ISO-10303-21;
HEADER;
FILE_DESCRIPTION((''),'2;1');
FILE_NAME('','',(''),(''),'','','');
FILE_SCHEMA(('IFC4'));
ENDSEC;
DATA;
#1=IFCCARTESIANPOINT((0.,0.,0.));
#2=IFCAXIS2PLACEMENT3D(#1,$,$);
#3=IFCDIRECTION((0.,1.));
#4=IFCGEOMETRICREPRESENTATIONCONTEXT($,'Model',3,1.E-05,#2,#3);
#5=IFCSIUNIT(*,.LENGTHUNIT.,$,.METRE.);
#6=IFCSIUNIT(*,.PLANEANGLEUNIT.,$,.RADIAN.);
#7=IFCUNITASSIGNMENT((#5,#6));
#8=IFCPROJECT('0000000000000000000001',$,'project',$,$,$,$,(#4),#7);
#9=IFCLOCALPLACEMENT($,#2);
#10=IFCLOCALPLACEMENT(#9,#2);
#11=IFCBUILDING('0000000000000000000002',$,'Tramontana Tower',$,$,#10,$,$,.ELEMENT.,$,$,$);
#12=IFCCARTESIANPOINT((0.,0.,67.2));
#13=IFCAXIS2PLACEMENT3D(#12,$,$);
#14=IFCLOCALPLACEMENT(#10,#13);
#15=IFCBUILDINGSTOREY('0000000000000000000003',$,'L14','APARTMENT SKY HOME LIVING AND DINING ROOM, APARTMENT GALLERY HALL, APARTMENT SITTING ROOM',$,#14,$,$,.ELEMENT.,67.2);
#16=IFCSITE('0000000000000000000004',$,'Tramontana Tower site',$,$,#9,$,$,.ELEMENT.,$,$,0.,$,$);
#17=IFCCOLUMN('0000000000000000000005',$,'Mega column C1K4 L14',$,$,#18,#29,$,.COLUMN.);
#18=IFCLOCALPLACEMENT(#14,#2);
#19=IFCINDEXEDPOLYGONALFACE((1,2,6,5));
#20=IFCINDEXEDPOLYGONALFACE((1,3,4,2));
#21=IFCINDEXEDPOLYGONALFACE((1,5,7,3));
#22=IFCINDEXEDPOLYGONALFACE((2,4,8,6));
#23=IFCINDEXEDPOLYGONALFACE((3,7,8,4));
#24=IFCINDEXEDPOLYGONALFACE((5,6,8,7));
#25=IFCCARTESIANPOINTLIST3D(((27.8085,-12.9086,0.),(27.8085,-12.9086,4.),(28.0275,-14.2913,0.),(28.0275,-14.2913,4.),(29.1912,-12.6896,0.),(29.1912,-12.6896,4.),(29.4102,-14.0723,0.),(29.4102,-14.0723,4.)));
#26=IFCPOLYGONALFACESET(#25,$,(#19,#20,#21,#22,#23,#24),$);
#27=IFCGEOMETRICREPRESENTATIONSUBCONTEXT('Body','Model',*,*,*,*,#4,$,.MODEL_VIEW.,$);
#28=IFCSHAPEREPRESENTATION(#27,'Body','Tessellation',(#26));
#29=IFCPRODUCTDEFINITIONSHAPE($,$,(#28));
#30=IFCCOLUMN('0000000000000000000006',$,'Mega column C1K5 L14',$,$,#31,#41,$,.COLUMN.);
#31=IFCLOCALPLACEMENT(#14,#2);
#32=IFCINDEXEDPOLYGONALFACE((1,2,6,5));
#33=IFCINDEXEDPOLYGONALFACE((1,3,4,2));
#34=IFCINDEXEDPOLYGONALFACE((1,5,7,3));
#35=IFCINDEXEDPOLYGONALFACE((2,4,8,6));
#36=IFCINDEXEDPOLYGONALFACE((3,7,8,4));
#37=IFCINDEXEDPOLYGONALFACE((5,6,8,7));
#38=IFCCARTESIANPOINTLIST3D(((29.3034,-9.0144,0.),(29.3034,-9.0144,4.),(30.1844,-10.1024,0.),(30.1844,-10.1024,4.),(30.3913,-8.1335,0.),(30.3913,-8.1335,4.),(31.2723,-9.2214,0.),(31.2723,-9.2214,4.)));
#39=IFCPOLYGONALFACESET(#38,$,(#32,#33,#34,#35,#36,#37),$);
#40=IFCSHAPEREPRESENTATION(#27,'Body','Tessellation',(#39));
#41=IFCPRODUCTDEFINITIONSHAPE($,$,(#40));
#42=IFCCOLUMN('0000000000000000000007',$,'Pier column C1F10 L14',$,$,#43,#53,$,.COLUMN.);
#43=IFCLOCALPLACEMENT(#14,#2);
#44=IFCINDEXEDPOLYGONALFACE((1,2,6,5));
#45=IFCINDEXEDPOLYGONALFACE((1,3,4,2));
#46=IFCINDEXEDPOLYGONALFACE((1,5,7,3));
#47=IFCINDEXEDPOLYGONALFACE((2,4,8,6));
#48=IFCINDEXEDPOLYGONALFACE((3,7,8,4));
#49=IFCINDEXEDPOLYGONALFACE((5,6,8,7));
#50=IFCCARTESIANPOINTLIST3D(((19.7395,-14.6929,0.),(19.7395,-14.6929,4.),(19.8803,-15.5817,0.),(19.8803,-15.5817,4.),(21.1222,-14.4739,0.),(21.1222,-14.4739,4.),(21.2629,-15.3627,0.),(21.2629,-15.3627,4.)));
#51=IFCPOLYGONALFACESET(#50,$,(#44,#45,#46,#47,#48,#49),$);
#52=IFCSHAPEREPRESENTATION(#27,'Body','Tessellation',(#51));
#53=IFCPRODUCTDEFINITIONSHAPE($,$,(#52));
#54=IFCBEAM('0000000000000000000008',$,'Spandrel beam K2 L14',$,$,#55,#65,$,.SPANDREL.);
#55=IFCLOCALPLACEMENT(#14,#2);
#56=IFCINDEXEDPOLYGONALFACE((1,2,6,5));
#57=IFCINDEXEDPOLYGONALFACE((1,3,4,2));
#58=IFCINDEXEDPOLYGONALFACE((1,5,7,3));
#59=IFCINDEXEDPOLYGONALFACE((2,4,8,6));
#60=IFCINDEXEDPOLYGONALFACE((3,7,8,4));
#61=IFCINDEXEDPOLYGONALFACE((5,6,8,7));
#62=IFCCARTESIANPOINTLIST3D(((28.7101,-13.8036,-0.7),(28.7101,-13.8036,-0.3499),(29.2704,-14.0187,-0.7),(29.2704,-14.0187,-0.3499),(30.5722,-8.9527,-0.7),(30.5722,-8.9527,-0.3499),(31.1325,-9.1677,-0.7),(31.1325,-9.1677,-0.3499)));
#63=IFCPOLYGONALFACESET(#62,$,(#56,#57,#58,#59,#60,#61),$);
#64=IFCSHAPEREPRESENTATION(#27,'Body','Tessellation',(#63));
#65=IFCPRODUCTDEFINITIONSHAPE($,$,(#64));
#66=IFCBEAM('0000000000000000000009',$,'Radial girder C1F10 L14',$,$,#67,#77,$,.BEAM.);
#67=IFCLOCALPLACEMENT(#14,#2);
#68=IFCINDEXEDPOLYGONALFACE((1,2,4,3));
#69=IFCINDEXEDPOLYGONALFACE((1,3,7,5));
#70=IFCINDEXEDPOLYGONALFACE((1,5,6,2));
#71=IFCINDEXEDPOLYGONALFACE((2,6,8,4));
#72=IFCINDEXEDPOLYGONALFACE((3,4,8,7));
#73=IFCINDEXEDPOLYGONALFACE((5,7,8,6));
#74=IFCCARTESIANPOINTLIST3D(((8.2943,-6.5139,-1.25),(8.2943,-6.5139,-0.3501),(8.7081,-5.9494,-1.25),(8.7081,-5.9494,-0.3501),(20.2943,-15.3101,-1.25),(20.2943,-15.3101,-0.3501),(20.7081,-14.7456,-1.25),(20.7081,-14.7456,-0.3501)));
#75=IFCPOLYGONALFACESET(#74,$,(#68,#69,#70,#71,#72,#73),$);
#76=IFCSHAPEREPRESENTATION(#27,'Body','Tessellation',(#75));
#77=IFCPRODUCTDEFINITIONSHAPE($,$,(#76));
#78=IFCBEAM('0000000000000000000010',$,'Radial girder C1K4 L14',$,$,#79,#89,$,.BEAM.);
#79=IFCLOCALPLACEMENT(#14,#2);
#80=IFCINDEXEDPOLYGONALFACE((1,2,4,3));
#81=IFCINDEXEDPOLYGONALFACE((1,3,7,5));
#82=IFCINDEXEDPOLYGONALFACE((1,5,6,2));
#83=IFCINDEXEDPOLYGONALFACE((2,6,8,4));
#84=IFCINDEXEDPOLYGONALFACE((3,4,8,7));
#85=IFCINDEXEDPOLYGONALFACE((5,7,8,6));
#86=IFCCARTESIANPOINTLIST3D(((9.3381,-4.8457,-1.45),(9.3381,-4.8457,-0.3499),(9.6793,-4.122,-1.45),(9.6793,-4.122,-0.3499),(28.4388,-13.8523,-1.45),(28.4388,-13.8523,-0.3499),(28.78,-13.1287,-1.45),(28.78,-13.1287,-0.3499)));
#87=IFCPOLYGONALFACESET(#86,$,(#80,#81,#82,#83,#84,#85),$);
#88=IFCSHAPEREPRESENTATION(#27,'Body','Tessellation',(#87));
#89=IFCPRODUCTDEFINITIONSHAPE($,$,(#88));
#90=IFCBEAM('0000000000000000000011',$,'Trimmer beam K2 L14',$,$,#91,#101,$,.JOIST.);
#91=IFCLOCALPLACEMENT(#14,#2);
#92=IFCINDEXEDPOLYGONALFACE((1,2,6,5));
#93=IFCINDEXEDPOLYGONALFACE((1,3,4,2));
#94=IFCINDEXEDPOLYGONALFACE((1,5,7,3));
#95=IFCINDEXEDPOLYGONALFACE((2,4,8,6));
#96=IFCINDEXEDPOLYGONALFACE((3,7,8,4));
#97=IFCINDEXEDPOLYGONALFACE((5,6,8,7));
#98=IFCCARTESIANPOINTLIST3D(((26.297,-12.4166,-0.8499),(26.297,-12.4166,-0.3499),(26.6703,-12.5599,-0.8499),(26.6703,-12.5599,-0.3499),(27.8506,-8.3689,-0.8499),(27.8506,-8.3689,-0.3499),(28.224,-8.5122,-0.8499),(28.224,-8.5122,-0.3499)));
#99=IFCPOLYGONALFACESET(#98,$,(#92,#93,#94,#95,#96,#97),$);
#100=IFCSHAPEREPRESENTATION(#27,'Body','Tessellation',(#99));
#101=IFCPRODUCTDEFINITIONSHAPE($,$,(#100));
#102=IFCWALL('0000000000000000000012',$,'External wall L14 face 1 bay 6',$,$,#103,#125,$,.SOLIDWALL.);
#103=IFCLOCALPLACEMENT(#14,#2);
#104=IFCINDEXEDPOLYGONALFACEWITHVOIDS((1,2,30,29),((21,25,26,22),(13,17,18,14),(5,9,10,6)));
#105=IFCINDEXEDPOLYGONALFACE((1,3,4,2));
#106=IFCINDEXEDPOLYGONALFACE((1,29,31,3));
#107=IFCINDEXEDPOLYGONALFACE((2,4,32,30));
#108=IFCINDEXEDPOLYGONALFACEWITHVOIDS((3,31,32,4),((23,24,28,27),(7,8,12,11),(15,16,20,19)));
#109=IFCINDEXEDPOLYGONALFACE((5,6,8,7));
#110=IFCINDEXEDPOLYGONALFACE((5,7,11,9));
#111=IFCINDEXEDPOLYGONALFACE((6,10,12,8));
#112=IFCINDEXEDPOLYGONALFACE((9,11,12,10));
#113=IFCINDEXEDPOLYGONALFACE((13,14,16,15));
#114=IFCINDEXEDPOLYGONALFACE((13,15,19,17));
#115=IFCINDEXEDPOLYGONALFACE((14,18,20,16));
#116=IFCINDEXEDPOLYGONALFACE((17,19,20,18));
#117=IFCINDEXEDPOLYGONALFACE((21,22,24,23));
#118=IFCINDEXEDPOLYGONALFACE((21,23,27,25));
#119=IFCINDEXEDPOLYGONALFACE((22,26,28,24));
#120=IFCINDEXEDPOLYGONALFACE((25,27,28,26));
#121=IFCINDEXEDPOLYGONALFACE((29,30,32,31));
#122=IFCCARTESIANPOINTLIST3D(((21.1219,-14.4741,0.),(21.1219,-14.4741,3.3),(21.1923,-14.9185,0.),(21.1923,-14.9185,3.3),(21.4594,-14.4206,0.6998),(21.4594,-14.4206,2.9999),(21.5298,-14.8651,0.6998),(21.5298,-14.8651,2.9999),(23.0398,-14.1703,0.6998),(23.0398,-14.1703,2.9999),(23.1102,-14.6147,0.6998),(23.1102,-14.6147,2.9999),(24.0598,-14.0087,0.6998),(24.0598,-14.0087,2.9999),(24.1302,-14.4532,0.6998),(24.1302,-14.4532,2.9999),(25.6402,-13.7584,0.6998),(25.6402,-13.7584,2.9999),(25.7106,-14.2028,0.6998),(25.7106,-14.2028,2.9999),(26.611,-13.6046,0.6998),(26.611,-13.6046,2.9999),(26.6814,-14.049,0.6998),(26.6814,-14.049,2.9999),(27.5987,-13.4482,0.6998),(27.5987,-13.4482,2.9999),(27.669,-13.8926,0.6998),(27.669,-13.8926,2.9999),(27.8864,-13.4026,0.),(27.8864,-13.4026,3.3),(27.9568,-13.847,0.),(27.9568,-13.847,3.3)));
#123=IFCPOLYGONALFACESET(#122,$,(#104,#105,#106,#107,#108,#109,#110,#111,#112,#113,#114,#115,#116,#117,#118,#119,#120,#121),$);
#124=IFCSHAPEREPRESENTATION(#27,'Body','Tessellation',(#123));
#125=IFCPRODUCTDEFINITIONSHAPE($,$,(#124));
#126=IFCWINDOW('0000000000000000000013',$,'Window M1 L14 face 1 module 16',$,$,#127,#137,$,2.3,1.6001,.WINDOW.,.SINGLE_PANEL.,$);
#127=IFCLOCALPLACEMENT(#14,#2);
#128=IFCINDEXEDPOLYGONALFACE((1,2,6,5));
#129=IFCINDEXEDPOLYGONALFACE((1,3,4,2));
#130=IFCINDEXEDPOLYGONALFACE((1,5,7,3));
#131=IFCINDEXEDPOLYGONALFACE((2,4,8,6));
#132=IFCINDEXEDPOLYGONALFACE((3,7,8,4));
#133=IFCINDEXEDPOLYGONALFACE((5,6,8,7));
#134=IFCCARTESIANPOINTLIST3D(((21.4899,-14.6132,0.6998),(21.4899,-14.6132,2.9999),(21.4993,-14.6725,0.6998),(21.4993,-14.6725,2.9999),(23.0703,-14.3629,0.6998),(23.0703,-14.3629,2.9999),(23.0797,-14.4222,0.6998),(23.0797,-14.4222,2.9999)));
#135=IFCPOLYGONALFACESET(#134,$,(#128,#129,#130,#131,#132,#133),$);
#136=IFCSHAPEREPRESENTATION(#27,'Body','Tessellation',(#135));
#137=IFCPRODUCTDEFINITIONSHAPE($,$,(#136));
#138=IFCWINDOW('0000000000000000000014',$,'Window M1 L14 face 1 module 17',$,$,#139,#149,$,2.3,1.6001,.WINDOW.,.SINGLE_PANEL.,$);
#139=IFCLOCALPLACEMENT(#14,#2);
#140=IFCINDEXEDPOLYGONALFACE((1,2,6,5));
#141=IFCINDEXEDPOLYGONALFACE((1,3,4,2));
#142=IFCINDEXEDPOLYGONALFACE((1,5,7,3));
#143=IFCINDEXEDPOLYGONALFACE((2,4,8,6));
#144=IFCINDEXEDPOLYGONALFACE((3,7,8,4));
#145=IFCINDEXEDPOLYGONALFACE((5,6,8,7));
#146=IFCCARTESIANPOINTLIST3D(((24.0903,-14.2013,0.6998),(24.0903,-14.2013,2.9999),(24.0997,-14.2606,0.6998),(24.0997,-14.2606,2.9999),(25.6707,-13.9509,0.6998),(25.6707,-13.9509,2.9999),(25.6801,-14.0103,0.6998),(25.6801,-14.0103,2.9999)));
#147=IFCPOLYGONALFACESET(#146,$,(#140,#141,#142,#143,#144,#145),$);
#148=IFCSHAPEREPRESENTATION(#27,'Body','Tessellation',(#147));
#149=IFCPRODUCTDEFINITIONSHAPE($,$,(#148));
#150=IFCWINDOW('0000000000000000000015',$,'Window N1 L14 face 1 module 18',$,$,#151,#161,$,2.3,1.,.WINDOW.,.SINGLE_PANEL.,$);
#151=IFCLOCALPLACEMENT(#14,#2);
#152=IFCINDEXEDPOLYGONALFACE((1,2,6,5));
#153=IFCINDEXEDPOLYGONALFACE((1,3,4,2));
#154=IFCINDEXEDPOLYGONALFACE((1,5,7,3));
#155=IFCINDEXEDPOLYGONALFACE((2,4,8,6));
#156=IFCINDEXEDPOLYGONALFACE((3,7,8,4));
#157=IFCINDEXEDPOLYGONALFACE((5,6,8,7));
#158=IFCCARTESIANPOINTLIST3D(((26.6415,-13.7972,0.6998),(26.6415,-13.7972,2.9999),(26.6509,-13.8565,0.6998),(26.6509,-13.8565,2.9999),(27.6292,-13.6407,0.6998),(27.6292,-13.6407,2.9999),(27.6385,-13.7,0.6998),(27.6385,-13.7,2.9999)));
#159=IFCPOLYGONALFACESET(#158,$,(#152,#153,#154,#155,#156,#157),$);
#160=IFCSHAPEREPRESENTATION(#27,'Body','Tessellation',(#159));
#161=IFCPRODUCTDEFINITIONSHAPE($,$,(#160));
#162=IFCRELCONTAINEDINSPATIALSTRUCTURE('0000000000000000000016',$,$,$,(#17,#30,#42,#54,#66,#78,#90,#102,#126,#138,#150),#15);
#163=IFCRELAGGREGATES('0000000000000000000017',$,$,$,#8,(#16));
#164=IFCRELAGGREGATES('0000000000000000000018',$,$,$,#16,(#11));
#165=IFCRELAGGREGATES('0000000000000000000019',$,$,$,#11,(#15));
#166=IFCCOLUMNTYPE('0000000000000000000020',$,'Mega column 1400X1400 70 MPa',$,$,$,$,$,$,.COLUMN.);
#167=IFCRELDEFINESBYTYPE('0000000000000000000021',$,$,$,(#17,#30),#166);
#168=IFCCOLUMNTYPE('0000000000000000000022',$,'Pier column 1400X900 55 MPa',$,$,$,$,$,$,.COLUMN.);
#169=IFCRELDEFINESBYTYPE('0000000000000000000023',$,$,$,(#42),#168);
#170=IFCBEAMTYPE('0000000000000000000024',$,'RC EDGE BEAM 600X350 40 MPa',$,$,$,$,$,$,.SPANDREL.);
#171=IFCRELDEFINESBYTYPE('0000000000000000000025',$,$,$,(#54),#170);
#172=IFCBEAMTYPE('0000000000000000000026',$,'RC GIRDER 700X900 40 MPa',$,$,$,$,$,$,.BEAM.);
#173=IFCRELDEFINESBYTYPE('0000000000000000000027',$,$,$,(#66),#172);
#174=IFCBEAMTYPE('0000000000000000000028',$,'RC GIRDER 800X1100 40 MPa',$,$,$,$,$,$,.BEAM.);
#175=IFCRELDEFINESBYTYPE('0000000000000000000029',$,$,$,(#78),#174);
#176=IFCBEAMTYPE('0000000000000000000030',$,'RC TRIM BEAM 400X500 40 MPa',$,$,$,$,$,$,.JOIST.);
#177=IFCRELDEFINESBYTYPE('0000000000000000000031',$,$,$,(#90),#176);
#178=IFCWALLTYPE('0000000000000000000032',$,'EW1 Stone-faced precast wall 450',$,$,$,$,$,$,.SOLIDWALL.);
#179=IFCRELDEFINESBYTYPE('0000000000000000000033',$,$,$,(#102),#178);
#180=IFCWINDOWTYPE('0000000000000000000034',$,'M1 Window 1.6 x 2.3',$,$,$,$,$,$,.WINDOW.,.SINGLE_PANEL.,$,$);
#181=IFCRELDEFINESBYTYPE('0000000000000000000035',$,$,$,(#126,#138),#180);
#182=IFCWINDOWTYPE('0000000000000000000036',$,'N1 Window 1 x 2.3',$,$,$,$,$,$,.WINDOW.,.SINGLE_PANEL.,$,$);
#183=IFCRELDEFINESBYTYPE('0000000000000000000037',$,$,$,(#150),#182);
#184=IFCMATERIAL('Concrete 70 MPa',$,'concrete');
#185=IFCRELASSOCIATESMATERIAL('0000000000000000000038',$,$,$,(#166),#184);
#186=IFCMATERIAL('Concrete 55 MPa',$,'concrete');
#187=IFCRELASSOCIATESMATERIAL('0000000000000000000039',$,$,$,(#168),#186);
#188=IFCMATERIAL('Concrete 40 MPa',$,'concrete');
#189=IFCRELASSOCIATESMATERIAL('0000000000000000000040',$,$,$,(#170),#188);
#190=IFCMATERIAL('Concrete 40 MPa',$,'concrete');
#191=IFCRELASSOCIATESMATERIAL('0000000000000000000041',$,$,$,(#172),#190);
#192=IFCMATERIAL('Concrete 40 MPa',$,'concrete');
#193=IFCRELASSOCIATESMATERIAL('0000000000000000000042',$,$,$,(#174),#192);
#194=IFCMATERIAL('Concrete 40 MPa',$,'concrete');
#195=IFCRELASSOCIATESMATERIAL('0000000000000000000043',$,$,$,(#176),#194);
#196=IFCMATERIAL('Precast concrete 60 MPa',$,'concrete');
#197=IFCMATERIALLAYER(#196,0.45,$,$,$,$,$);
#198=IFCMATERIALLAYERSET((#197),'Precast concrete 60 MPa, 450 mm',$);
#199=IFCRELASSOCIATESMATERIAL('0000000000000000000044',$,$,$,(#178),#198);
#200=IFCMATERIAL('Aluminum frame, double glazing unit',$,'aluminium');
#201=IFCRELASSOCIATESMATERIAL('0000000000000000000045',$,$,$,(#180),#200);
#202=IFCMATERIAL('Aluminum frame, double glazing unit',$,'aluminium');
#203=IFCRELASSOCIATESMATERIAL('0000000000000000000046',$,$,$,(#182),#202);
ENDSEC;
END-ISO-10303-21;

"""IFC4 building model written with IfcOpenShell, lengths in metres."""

from ifc_helpers import new_model, si_unit, direction, frame, frame_2d, origin, origin_2d, place, context, subcontext, project, spatial, rectangle, extrude, material, layer, layer_set, material_profile, profile_set, type_object, element, fill, save


model = new_model("IFC4")

# Units and contexts
model_context = context("Model", 3, precision=1e-05, world=origin(), true_north=direction((0.0, 1.0)))
body_context = subcontext(model_context, "Body", "Model", "MODEL_VIEW")
ifc_project = project(units=[si_unit("LENGTHUNIT", "METRE"), si_unit("PLANEANGLEUNIT", "RADIAN")], contexts=[model_context])

# Site, building, storey
site_placement = place(None, origin())
site = spatial("IfcSite", under=ifc_project, at=site_placement, Name="Tramontana Tower site", CompositionType="ELEMENT", RefElevation=0.0)
building_placement = place(site_placement, origin())
building = spatial("IfcBuilding", under=site, at=building_placement, Name="Tramontana Tower", CompositionType="ELEMENT")
storey_placement = place(building_placement, frame((0.0, 0.0, 67.2)))
storey = spatial("IfcBuildingStorey", under=building, at=storey_placement, Name="L14", Description="APARTMENT SKY HOME LIVING AND DINING ROOM, APARTMENT GALLERY HALL, APARTMENT SITTING ROOM", CompositionType="ELEMENT", Elevation=67.2)

# Columns
ifc_material_1 = material(Name="Concrete 70 MPa", Category="concrete")
ifc_material_profile_1 = material_profile(ifc_material_1, rectangle(XDim=1.3999, YDim=1.3999, at=origin_2d()), Name="Mega column 1400X1400 70 MPa")
ifc_profile_set_1 = profile_set([ifc_material_profile_1], Name="Concrete 70 MPa")
column_type_1 = type_object("IfcColumnType", Name="Mega column 1400X1400 70 MPa", PredefinedType="COLUMN", material=ifc_profile_set_1)
for number, where, z_axis, x_axis, name in (
    (1, (28.6094, -13.4905, 0.0), (0.0, 0.0, 1.0), (0.987688, 0.156434, 0.0), "Mega column C1K4 L14"),
    (2, (30.2878, -9.1179, 0.0), (0.0, 0.0, 1.0), (-0.62932, 0.777146, 0.0), "Mega column C1K5 L14"),
):
    element("IfcColumn", number, at=place(storey_placement, frame(where, z_axis=z_axis, x_axis=x_axis)), inside=storey, type_object=column_type_1, Name=name, PredefinedType="COLUMN", context=body_context, shape_type="SweptSolid", body=[
        extrude(rectangle(XDim=1.3999, YDim=1.3999, at=origin_2d()), origin(), (0.0, 0.0, 1.0), 4.0),
    ])
ifc_material_2 = material(Name="Concrete 55 MPa", Category="concrete")
ifc_material_profile_2 = material_profile(ifc_material_2, rectangle(XDim=1.3999, YDim=0.8999, at=origin_2d()), Name="Pier column 1400X900 55 MPa")
ifc_profile_set_2 = profile_set([ifc_material_profile_2], Name="Concrete 55 MPa")
column_type_2 = type_object("IfcColumnType", Name="Pier column 1400X900 55 MPa", PredefinedType="COLUMN", material=ifc_profile_set_2)
column_placement = place(storey_placement, frame((20.5012, -15.0278, 0.0), z_axis=(0.0, 0.0, 1.0), x_axis=(0.987688, 0.156434, 0.0)))
element("IfcColumn", 3, at=column_placement, inside=storey, type_object=column_type_2, Name="Pier column C1F10 L14", PredefinedType="COLUMN", context=body_context, shape_type="SweptSolid", body=[
    extrude(rectangle(XDim=1.3999, YDim=0.8999, at=origin_2d()), origin(), (0.0, 0.0, 1.0), 4.0),
])

# Beams
ifc_material_3 = material(Name="Concrete 40 MPa", Category="concrete")
ifc_material_profile_3 = material_profile(ifc_material_3, rectangle(XDim=0.6001, YDim=0.3501, at=origin_2d()), Name="RC EDGE BEAM 600X350 40 MPa")
ifc_profile_set_3 = profile_set([ifc_material_profile_3], Name="Concrete 40 MPa")
beam_type_1 = type_object("IfcBeamType", Name="RC EDGE BEAM 600X350 40 MPa", PredefinedType="SPANDREL", material=ifc_profile_set_3)
beam_1_placement = place(storey_placement, frame((28.9902, -13.9111, -0.5249), z_axis=(0.358368, 0.93358, 0.0), x_axis=(-0.93358, 0.358368, 0.0)))
element("IfcBeam", 4, at=beam_1_placement, inside=storey, type_object=beam_type_1, Name="Spandrel beam K2 L14", PredefinedType="SPANDREL", context=body_context, shape_type="SweptSolid", body=[
    extrude(rectangle(XDim=0.6001, YDim=0.3501, at=origin_2d()), origin(), (0.0, 0.0, 1.0), 5.196),
])
ifc_material_4 = material(Name="Concrete 40 MPa", Category="concrete")
ifc_material_profile_4 = material_profile(ifc_material_4, rectangle(XDim=0.7, YDim=0.8999, at=origin_2d()), Name="RC GIRDER 700X900 40 MPa")
ifc_profile_set_4 = profile_set([ifc_material_profile_4], Name="Concrete 40 MPa")
beam_type_2 = type_object("IfcBeamType", Name="RC GIRDER 700X900 40 MPa", PredefinedType="BEAM", material=ifc_profile_set_4)
beam_2_placement = place(storey_placement, frame((20.5012, -15.0278, -0.8), z_axis=(-0.806529, 0.591195, 0.0), x_axis=(-0.591195, -0.806529, 0.0)))
element("IfcBeam", 5, at=beam_2_placement, inside=storey, type_object=beam_type_2, Name="Radial girder C1F10 L14", PredefinedType="BEAM", context=body_context, shape_type="SweptSolid", body=[
    extrude(rectangle(XDim=0.7, YDim=0.8999, at=origin_2d()), origin(), (0.0, 0.0, 1.0), 14.8787),
])
ifc_material_5 = material(Name="Concrete 40 MPa", Category="concrete")
ifc_material_profile_5 = material_profile(ifc_material_5, rectangle(XDim=0.8, YDim=1.1001, at=origin_2d()), Name="RC GIRDER 800X1100 40 MPa")
ifc_profile_set_5 = profile_set([ifc_material_profile_5], Name="Concrete 40 MPa")
beam_type_3 = type_object("IfcBeamType", Name="RC GIRDER 800X1100 40 MPa", PredefinedType="BEAM", material=ifc_profile_set_5)
beam_3_placement = place(storey_placement, frame((28.6094, -13.4905, -0.8999), z_axis=(-0.904489, 0.426498, 0.0), x_axis=(-0.426498, -0.904489, 0.0)))
element("IfcBeam", 6, at=beam_3_placement, inside=storey, type_object=beam_type_3, Name="Radial girder C1K4 L14", PredefinedType="BEAM", context=body_context, shape_type="SweptSolid", body=[
    extrude(rectangle(XDim=0.8, YDim=1.1001, at=origin_2d()), origin(), (0.0, 0.0, 1.0), 21.1177),
])
ifc_material_6 = material(Name="Concrete 40 MPa", Category="concrete")
ifc_material_profile_6 = material_profile(ifc_material_6, rectangle(XDim=0.3999, YDim=0.5, at=origin_2d()), Name="RC TRIM BEAM 400X500 40 MPa")
ifc_profile_set_6 = profile_set([ifc_material_profile_6], Name="Concrete 40 MPa")
beam_type_4 = type_object("IfcBeamType", Name="RC TRIM BEAM 400X500 40 MPa", PredefinedType="JOIST", material=ifc_profile_set_6)
beam_4_placement = place(storey_placement, frame((26.4836, -12.4883, -0.5999), z_axis=(0.358345, 0.933589, 0.0), x_axis=(-0.933589, 0.358345, 0.0)))
element("IfcBeam", 7, at=beam_4_placement, inside=storey, type_object=beam_type_4, Name="Trimmer beam K2 L14", PredefinedType="JOIST", context=body_context, shape_type="SweptSolid", body=[
    extrude(rectangle(XDim=0.3999, YDim=0.5, at=origin_2d()), origin(), (0.0, 0.0, 1.0), 4.3357),
])

# Wall, openings, windows
ifc_material_7 = material(Name="Precast concrete 60 MPa", Category="concrete")
ifc_layer_1 = layer(ifc_material_7, 0.45)
ifc_layer_set_1 = layer_set([ifc_layer_1], Name="Precast concrete 60 MPa, 450 mm")
wall_type_1 = type_object("IfcWallType", Name="EW1 Stone-faced precast wall 450", PredefinedType="SOLIDWALL", material=ifc_layer_set_1)
wall_1_placement = place(storey_placement, frame((21.1572, -14.6963, 0.0), z_axis=(0.0, 0.0, 1.0), x_axis=(0.987686, 0.156451, 0.0)))
wall_1 = element("IfcWall", 8, at=wall_1_placement, inside=storey, type_object=wall_type_1, Name="External wall L14 face 1 bay 6", PredefinedType="SOLIDWALL", context=body_context, shape_type="SweptSolid", body=[
    extrude(rectangle(XDim=6.8489, YDim=0.45, at=frame_2d((3.4243, 0.0))), origin(), (0.0, 0.0, 1.0), 3.3),
])
opening_1_placement = place(wall_1_placement, frame((0.3416, 0.0, 0.7)))
opening_1 = element("IfcOpeningElement", 9, at=opening_1_placement, cuts=wall_1, PredefinedType="OPENING", context=body_context, shape_type="SweptSolid", body=[
    extrude(rectangle(XDim=1.6001, YDim=2.3, at=frame_2d((0.8, 1.1499))), frame((0.0, 0.2349, 0.0), z_axis=(0.0, -1.0, 0.0), x_axis=(1.0, 0.0, 0.0)), (0.0, 0.0, 1.0), 0.47),
])
opening_2_placement = place(wall_1_placement, frame((2.9744, 0.0, 0.7)))
opening_2 = element("IfcOpeningElement", 10, at=opening_2_placement, cuts=wall_1, PredefinedType="OPENING", context=body_context, shape_type="SweptSolid", body=[
    extrude(rectangle(XDim=1.6001, YDim=2.3, at=frame_2d((0.8, 1.1499))), frame((0.0, 0.2349, 0.0), z_axis=(0.0, -1.0, 0.0), x_axis=(1.0, 0.0, 0.0)), (0.0, 0.0, 1.0), 0.47),
])
opening_3_placement = place(wall_1_placement, frame((5.5574, 0.0, 0.7)))
opening_3 = element("IfcOpeningElement", 11, at=opening_3_placement, cuts=wall_1, PredefinedType="OPENING", context=body_context, shape_type="SweptSolid", body=[
    extrude(rectangle(XDim=1.0, YDim=2.3, at=frame_2d((0.5, 1.1499))), frame((0.0, 0.2349, 0.0), z_axis=(0.0, -1.0, 0.0), x_axis=(1.0, 0.0, 0.0)), (0.0, 0.0, 1.0), 0.47),
])
ifc_material_8 = material(Name="Aluminum frame, double glazing unit", Category="aluminium")
window_type_1 = type_object("IfcWindowType", Name="M1 Window 1.6 x 2.3", PartitioningType="SINGLE_PANEL", PredefinedType="WINDOW", material=ifc_material_8)
window_1_placement = place(opening_1_placement, origin())
window_1 = element("IfcWindow", 12, at=window_1_placement, inside=storey, type_object=window_type_1, Name="Window M1 L14 face 1 module 16", OverallHeight=2.3, OverallWidth=1.6001, PartitioningType="SINGLE_PANEL", PredefinedType="WINDOW", context=body_context, shape_type="SweptSolid", body=[
    extrude(rectangle(XDim=1.6001, YDim=2.3, at=frame_2d((0.8, 1.1499))), frame((0.0, 0.03, 0.0), z_axis=(0.0, -1.0, 0.0), x_axis=(1.0, 0.0, 0.0)), (0.0, 0.0, 1.0), 0.0601),
])
fill(opening_1, window_1)
window_2_placement = place(opening_2_placement, origin())
window_2 = element("IfcWindow", 13, at=window_2_placement, inside=storey, type_object=window_type_1, Name="Window M1 L14 face 1 module 17", OverallHeight=2.3, OverallWidth=1.6001, PartitioningType="SINGLE_PANEL", PredefinedType="WINDOW", context=body_context, shape_type="SweptSolid", body=[
    extrude(rectangle(XDim=1.6001, YDim=2.3, at=frame_2d((0.8, 1.1499))), frame((0.0, 0.03, 0.0), z_axis=(0.0, -1.0, 0.0), x_axis=(1.0, 0.0, 0.0)), (0.0, 0.0, 1.0), 0.0601),
])
fill(opening_2, window_2)
ifc_material_9 = material(Name="Aluminum frame, double glazing unit", Category="aluminium")
window_type_2 = type_object("IfcWindowType", Name="N1 Window 1 x 2.3", PartitioningType="SINGLE_PANEL", PredefinedType="WINDOW", material=ifc_material_9)
window_3_placement = place(opening_3_placement, origin())
window_3 = element("IfcWindow", 14, at=window_3_placement, inside=storey, type_object=window_type_2, Name="Window N1 L14 face 1 module 18", OverallHeight=2.3, OverallWidth=1.0, PartitioningType="SINGLE_PANEL", PredefinedType="WINDOW", context=body_context, shape_type="SweptSolid", body=[
    extrude(rectangle(XDim=1.0, YDim=2.3, at=frame_2d((0.5, 1.1499))), frame((0.0, 0.03, 0.0), z_axis=(0.0, -1.0, 0.0), x_axis=(1.0, 0.0, 0.0)), (0.0, 0.0, 1.0), 0.0601),
])
fill(opening_3, window_3)

save(model, "model.ifc")
